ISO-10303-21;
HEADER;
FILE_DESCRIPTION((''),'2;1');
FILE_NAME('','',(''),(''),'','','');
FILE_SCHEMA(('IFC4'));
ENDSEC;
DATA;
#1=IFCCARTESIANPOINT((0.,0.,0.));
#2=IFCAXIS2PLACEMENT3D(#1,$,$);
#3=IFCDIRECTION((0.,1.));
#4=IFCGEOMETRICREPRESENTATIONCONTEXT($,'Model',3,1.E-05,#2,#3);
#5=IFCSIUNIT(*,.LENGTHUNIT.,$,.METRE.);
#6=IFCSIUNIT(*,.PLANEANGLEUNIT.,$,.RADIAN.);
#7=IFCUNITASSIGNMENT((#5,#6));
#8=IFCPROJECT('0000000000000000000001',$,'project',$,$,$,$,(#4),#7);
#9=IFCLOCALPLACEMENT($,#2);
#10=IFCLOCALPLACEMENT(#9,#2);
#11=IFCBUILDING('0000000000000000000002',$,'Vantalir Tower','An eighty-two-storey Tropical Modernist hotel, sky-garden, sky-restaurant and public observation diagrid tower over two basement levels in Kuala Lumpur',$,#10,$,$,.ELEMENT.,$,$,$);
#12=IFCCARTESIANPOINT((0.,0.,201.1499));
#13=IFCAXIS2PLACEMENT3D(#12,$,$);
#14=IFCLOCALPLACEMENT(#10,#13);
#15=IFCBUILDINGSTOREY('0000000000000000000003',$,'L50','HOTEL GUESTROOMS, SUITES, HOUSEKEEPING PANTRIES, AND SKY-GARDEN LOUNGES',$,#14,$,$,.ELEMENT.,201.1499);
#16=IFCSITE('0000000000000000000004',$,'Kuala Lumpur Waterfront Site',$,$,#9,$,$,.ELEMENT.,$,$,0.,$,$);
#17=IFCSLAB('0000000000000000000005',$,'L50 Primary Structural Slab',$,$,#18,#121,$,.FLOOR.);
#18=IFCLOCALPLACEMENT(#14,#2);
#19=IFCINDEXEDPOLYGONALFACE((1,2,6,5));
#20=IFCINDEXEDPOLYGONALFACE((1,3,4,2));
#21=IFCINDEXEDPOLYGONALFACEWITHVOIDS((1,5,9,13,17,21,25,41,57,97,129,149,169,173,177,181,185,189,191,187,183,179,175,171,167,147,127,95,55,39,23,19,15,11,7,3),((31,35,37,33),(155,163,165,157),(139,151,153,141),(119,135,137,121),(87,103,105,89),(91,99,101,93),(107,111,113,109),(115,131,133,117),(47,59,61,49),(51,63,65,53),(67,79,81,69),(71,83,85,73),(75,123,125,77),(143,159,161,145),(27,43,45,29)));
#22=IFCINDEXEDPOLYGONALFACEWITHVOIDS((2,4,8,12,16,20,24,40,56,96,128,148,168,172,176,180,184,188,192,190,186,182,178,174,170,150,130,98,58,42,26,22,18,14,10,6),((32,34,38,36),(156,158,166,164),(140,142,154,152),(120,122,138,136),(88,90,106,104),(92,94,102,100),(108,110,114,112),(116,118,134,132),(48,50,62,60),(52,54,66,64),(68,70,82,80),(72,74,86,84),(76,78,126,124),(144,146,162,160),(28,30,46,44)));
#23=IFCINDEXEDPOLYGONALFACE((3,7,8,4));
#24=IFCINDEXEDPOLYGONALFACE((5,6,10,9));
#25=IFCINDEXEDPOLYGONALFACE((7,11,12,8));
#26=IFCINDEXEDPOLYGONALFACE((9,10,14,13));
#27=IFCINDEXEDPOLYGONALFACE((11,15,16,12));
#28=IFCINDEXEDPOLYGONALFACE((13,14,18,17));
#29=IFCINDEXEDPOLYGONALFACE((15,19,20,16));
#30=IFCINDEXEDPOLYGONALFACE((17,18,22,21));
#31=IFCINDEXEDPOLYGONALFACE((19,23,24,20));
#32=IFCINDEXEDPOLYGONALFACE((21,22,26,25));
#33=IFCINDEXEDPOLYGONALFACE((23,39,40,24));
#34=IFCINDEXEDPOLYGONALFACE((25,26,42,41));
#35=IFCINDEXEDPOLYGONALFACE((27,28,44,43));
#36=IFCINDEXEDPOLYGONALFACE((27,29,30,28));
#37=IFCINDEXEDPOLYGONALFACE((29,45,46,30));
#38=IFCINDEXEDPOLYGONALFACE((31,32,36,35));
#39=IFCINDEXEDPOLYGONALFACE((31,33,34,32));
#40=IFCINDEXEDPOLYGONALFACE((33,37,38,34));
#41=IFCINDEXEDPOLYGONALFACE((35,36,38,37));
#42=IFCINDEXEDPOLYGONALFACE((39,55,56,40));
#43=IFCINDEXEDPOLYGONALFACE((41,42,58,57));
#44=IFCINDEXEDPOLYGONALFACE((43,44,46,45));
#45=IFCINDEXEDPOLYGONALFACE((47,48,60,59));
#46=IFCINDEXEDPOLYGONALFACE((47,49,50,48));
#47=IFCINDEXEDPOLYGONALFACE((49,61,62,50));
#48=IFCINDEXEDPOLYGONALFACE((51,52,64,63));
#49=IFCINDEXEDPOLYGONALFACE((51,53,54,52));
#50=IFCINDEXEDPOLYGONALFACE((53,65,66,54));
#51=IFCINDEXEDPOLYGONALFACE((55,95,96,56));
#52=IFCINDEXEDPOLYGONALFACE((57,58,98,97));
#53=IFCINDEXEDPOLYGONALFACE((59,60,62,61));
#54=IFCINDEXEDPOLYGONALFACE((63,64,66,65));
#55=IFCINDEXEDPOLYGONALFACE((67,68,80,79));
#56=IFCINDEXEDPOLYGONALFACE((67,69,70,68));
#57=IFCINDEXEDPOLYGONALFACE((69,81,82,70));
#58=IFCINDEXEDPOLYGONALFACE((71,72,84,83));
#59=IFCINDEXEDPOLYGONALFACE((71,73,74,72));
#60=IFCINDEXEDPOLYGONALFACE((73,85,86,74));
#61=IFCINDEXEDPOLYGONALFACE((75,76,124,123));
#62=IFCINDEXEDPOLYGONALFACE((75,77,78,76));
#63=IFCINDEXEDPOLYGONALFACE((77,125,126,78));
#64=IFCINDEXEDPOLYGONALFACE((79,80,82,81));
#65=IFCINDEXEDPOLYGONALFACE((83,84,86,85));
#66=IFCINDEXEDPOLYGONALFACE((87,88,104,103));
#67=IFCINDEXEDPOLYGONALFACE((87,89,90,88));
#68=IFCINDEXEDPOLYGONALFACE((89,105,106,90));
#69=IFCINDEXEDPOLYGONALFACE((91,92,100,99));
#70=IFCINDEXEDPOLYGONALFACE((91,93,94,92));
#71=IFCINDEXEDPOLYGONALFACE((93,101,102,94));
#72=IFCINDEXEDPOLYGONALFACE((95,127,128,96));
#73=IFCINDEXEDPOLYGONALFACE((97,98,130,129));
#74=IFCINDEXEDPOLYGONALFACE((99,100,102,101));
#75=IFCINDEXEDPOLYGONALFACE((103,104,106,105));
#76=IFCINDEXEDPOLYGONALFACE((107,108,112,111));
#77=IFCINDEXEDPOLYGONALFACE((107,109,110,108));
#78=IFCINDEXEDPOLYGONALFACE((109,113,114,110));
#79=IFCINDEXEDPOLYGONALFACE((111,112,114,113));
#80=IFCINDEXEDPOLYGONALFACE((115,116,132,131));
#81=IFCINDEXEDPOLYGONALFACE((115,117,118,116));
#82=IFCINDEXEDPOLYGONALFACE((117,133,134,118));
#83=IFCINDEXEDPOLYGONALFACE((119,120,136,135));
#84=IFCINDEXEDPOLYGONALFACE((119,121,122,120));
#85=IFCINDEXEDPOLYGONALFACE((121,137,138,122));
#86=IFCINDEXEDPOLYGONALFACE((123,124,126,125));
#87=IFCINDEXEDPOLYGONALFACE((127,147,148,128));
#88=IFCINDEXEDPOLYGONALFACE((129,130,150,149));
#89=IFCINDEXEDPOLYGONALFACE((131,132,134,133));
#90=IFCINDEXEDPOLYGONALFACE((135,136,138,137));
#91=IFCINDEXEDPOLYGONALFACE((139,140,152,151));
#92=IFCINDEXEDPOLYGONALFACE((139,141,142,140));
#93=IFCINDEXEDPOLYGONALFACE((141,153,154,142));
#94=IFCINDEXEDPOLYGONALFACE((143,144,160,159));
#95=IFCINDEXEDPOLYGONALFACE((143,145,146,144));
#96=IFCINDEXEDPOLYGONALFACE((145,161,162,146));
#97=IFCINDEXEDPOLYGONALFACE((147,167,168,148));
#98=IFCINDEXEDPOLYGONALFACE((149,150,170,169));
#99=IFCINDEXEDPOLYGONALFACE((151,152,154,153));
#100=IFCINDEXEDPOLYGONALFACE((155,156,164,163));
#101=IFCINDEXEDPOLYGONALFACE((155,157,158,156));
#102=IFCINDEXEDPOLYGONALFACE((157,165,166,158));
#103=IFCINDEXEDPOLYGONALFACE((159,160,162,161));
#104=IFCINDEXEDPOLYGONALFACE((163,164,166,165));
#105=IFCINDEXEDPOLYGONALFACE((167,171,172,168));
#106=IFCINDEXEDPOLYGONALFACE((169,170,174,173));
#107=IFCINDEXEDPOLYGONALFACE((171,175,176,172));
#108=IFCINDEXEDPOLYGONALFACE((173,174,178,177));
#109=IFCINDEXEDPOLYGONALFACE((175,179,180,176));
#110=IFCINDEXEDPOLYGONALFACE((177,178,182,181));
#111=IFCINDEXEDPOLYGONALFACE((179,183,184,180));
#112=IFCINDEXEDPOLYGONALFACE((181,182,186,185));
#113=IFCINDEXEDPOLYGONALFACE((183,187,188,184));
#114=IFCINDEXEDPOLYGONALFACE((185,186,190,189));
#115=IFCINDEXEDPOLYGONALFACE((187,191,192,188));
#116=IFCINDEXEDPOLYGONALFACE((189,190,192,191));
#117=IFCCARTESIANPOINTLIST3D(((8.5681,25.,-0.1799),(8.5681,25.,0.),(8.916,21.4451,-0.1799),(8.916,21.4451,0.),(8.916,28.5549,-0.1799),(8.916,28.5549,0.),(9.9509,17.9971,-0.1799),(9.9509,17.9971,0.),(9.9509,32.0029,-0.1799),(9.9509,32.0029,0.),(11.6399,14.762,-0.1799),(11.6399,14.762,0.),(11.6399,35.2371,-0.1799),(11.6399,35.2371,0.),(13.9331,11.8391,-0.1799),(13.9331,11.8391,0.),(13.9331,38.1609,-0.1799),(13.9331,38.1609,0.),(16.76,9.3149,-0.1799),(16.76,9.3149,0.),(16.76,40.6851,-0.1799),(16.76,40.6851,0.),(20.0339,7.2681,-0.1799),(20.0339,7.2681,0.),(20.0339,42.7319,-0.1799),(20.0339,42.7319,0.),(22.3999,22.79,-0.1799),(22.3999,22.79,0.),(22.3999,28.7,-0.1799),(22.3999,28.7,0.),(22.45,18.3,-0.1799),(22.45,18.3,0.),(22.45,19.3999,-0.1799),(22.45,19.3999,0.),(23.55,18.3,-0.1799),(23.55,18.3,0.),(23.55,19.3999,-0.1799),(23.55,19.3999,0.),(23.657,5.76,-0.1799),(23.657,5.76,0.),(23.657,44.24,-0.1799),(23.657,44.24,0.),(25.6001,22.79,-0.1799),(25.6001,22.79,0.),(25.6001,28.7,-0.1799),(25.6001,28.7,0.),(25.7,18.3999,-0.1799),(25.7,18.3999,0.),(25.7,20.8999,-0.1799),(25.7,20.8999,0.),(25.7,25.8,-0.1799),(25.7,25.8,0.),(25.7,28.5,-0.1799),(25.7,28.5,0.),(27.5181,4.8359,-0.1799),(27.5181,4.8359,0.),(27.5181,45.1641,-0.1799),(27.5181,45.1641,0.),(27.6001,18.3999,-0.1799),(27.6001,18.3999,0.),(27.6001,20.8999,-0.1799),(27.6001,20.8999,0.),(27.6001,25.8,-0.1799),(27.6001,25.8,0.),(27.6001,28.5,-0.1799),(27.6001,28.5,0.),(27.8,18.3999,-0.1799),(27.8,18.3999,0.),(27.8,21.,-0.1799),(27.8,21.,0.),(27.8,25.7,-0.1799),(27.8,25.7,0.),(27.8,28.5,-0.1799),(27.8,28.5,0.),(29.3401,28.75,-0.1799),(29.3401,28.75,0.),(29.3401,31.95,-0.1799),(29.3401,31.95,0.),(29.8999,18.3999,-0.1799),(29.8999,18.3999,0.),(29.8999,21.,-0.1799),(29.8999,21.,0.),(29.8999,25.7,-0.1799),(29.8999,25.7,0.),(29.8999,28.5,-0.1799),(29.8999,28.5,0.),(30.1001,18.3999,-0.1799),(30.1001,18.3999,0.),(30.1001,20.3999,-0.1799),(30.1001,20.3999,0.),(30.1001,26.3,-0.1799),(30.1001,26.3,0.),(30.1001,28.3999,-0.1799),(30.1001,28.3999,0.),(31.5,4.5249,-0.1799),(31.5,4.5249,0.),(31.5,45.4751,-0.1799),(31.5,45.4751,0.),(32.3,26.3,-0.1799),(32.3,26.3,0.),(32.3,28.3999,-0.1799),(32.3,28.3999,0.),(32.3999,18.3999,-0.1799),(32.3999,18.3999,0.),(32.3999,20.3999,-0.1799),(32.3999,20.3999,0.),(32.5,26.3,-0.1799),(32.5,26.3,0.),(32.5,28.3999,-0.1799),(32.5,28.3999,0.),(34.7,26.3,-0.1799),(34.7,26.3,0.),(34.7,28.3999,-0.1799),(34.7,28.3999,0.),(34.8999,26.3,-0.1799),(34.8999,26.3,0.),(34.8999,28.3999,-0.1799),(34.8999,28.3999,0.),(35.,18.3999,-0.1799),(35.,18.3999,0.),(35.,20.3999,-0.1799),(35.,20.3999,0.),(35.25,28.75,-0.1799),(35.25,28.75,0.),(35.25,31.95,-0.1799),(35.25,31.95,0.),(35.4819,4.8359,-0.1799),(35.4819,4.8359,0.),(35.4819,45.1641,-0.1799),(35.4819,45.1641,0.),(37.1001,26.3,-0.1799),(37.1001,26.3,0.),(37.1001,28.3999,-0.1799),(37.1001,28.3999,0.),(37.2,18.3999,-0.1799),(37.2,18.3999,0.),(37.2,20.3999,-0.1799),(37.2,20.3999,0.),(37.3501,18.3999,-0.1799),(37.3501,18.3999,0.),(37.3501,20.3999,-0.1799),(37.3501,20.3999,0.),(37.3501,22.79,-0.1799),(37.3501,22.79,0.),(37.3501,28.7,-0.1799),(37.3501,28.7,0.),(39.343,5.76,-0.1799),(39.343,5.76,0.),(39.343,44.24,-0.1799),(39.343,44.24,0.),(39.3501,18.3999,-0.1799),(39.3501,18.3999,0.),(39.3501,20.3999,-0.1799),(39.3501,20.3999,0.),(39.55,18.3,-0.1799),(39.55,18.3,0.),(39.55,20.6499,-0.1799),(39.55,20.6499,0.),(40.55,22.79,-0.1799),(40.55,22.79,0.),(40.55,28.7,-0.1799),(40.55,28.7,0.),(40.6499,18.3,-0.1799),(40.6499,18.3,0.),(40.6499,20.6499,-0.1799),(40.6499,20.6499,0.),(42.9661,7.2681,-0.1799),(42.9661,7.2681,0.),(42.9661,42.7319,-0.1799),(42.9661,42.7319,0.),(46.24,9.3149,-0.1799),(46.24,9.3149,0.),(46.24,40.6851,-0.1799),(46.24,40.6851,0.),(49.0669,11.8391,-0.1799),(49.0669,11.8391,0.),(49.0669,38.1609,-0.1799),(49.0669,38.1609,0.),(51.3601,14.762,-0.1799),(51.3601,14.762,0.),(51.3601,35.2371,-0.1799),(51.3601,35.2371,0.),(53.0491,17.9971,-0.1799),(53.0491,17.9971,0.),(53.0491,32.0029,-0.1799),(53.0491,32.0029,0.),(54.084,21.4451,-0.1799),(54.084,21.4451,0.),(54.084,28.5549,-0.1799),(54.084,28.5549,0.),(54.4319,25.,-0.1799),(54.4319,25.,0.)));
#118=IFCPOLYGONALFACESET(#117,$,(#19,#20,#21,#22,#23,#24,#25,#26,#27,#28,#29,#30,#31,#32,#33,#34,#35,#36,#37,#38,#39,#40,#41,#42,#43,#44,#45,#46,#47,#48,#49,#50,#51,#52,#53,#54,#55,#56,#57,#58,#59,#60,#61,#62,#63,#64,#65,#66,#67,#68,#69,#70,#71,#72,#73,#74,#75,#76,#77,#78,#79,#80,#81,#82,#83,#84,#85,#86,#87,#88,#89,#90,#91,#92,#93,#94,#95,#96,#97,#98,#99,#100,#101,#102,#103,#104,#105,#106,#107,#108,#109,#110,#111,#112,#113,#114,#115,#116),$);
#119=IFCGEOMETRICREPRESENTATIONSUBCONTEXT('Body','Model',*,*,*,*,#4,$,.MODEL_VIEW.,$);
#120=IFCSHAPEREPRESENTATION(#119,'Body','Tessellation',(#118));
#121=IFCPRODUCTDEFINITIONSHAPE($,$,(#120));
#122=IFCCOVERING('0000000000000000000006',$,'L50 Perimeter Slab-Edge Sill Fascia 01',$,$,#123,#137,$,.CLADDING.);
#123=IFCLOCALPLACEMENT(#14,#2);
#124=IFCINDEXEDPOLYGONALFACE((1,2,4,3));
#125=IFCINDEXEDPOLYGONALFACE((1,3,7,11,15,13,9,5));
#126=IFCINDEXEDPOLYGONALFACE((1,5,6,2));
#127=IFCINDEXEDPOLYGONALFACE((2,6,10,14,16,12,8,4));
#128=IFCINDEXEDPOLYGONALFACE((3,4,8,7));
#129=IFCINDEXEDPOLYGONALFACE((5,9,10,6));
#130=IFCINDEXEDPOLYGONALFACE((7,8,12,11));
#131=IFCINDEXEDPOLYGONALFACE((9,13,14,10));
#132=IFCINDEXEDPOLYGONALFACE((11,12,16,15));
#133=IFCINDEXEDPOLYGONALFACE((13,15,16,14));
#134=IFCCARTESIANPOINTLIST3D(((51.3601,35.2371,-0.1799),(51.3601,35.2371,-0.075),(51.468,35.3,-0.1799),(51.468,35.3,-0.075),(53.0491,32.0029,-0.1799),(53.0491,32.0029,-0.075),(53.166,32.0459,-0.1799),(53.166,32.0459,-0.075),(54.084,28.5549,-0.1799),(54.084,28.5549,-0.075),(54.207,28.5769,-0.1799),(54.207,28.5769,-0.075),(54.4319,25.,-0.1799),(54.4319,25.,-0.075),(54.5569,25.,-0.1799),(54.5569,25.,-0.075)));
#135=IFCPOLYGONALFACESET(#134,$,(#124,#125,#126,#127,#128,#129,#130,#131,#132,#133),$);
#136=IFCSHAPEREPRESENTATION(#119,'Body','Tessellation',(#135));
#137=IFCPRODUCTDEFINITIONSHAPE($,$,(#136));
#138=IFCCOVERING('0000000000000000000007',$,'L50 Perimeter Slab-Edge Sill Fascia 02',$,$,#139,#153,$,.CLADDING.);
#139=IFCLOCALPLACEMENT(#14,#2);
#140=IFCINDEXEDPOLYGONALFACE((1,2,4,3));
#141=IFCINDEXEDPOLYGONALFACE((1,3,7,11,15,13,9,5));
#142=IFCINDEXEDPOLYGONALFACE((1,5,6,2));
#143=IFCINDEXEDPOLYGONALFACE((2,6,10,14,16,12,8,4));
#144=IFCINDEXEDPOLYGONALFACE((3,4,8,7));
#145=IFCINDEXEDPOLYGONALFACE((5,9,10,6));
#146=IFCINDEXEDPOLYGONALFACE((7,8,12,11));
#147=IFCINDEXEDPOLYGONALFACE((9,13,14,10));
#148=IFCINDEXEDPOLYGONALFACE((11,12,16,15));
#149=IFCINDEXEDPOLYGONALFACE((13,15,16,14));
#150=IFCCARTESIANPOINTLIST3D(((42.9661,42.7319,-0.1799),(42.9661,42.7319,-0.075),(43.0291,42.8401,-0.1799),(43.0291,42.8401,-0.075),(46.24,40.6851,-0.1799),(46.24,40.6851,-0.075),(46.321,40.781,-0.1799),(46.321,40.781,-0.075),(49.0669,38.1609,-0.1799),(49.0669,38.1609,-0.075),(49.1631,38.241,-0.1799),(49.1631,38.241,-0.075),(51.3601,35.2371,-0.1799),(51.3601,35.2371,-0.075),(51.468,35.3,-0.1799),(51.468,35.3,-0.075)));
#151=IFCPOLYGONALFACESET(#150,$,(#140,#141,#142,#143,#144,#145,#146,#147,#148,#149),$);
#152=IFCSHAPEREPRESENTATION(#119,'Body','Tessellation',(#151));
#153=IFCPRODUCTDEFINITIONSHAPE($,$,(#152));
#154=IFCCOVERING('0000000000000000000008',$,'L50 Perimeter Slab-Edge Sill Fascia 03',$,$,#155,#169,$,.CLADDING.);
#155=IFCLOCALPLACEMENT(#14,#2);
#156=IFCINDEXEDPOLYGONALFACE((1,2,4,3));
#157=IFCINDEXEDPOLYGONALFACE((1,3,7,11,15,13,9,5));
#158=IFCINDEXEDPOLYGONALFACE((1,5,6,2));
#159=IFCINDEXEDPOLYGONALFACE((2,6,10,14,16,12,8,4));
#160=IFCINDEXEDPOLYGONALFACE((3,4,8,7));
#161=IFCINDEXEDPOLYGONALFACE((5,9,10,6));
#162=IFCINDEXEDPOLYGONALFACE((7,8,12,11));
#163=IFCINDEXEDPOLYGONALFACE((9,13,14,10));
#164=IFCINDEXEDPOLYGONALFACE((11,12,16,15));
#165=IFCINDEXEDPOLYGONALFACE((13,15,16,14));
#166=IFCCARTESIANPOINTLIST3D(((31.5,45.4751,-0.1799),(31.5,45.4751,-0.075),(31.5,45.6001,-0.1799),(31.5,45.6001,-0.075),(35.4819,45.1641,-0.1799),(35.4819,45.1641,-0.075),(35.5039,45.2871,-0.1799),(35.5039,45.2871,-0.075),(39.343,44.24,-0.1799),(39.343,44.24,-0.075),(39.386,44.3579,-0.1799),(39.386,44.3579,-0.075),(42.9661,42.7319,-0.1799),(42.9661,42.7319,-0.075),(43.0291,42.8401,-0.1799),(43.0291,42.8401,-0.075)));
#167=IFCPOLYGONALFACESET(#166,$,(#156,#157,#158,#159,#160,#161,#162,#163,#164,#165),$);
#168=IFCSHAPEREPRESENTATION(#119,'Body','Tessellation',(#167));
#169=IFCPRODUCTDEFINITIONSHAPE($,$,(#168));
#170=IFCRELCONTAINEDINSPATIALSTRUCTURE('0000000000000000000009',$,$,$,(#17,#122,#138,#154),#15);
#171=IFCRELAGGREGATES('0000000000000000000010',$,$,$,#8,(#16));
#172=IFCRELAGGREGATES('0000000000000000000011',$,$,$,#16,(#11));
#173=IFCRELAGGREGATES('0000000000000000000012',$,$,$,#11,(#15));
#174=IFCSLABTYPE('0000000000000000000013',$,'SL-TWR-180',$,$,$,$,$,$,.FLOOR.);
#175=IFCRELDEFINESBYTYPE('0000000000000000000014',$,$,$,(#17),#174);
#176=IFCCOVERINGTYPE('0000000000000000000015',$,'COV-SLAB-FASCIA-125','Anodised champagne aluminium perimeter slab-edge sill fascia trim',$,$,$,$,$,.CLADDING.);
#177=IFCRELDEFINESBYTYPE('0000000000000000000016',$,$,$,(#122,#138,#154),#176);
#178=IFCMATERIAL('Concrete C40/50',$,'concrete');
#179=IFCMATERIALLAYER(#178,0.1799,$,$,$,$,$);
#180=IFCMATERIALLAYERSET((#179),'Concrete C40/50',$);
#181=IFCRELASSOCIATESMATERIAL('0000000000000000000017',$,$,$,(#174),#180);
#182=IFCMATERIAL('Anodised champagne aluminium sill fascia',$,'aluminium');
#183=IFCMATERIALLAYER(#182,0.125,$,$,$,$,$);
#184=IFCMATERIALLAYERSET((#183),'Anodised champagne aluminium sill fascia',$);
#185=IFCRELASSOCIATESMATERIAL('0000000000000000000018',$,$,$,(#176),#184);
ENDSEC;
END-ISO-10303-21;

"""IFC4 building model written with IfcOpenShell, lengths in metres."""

from ifc_helpers import new_model, si_unit, direction, frame, origin, place, context, subcontext, project, spatial, polyline, outline, extrude, material, layer, layer_set, type_object, element, save


model = new_model("IFC4")

# Units and contexts
model_context = context("Model", 3, precision=1e-05, world=origin(), true_north=direction((0.0, 1.0)))
body_context = subcontext(model_context, "Body", "Model", "MODEL_VIEW")
ifc_project = project(units=[si_unit("LENGTHUNIT", "METRE"), si_unit("PLANEANGLEUNIT", "RADIAN")], contexts=[model_context])

# Site, building, storey
site_placement = place(None, origin())
site = spatial("IfcSite", under=ifc_project, at=site_placement, Name="Kuala Lumpur Waterfront Site", CompositionType="ELEMENT", RefElevation=0.0)
building_placement = place(site_placement, origin())
building = spatial("IfcBuilding", under=site, at=building_placement, Name="Vantalir Tower", Description="An eighty-two-storey Tropical Modernist hotel, sky-garden, sky-restaurant and public observation diagrid tower over two basement levels in Kuala Lumpur", CompositionType="ELEMENT")
storey_placement = place(building_placement, frame((0.0, 0.0, 201.1499)))
storey = spatial("IfcBuildingStorey", under=building, at=storey_placement, Name="L50", Description="HOTEL GUESTROOMS, SUITES, HOUSEKEEPING PANTRIES, AND SKY-GARDEN LOUNGES", CompositionType="ELEMENT", Elevation=201.1499)

# Shared definitions
ifc_material_1 = material(Name="Concrete C40/50", Category="concrete")

# Slab
ifc_layer_1 = layer(ifc_material_1, 0.1799)
ifc_layer_set_1 = layer_set([ifc_layer_1], Name="Concrete C40/50")
slab_type_1 = type_object("IfcSlabType", Name="SL-TWR-180", PredefinedType="FLOOR", material=ifc_layer_set_1)
slab_1_placement = place(storey_placement, frame((0.0, 0.0, -0.1799)))
element("IfcSlab", 1, at=slab_1_placement, inside=storey, type_object=slab_type_1, Name="L50 Primary Structural Slab", PredefinedType="FLOOR", context=body_context, shape_type="SweptSolid", body=[
    extrude(outline(polyline([(13.9331, 11.8391), (16.76, 9.3149), (20.0339, 7.2681), (23.657, 5.76), (27.5181, 4.8359), (31.5, 4.5249), (35.4819, 4.8359), (39.343, 5.76), (42.9661, 7.2681), (46.24, 9.3149), (49.0669, 11.8391), (51.3601, 14.762), (53.0491, 17.9971), (54.084, 21.4451), (54.4319, 25.0), (54.084, 28.5549), (53.0491, 32.0029), (51.3601, 35.2371), (49.0669, 38.1609), (46.24, 40.6851), (42.9661, 42.7319), (39.343, 44.24), (35.4819, 45.1641), (31.5, 45.4751), (27.5181, 45.1641), (23.657, 44.24), (20.0339, 42.7319), (16.76, 40.6851), (13.9331, 38.1609), (11.6399, 35.2371), (9.9509, 32.0029), (8.916, 28.5549), (8.5681, 25.0), (8.916, 21.4451), (9.9509, 17.9971), (11.6399, 14.762), (13.9331, 11.8391)]), holes=[polyline([(22.3999, 28.7), (25.6001, 28.7), (25.6001, 22.79), (22.3999, 22.79), (22.3999, 28.7)]), polyline([(40.55, 28.7), (40.55, 22.79), (37.3501, 22.79), (37.3501, 28.7), (40.55, 28.7)]), polyline([(29.3401, 28.75), (29.3401, 31.95), (35.25, 31.95), (35.25, 28.75), (29.3401, 28.75)]), polyline([(25.7, 18.3999), (25.7, 20.8999), (27.6001, 20.8999), (27.6001, 18.3999), (25.7, 18.3999)]), polyline([(25.7, 28.5), (27.6001, 28.5), (27.6001, 25.8), (25.7, 25.8), (25.7, 28.5)]), polyline([(29.8999, 21.0), (29.8999, 18.3999), (27.8, 18.3999), (27.8, 21.0), (29.8999, 21.0)]), polyline([(29.8999, 25.7), (27.8, 25.7), (27.8, 28.5), (29.8999, 28.5), (29.8999, 25.7)]), polyline([(30.1001, 18.3999), (30.1001, 20.3999), (32.3999, 20.3999), (32.3999, 18.3999), (30.1001, 18.3999)]), polyline([(37.3501, 20.3999), (39.3501, 20.3999), (39.3501, 18.3999), (37.3501, 18.3999), (37.3501, 20.3999)]), polyline([(37.2, 20.3999), (37.2, 18.3999), (35.0, 18.3999), (35.0, 20.3999), (37.2, 20.3999)]), polyline([(32.3, 26.3), (30.1001, 26.3), (30.1001, 28.3999), (32.3, 28.3999), (32.3, 26.3)]), polyline([(32.5, 26.3), (32.5, 28.3999), (34.7, 28.3999), (34.7, 26.3), (32.5, 26.3)]), polyline([(34.8999, 28.3999), (37.1001, 28.3999), (37.1001, 26.3), (34.8999, 26.3), (34.8999, 28.3999)]), polyline([(23.55, 19.3999), (23.55, 18.3), (22.45, 18.3), (22.45, 19.3999), (23.55, 19.3999)]), polyline([(40.6499, 18.3), (39.55, 18.3), (39.55, 20.6499), (40.6499, 20.6499), (40.6499, 18.3)])]), origin(), (0.0, 0.0, 1.0), 0.1799),
])

# Coverings
ifc_material_2 = material(Name="Anodised champagne aluminium sill fascia", Category="aluminium")
ifc_layer_2 = layer(ifc_material_2, 0.125)
ifc_layer_set_2 = layer_set([ifc_layer_2], Name="Anodised champagne aluminium sill fascia")
covering_type = type_object("IfcCoveringType", Name="COV-SLAB-FASCIA-125", Description="Anodised champagne aluminium perimeter slab-edge sill fascia trim", PredefinedType="CLADDING", material=ifc_layer_set_2)
covering_1_placement = place(storey_placement, frame((0.0, 0.0, -0.1799)))
element("IfcCovering", 2, at=covering_1_placement, inside=storey, type_object=covering_type, Name="L50 Perimeter Slab-Edge Sill Fascia 01", PredefinedType="CLADDING", context=body_context, shape_type="SweptSolid", body=[
    extrude(outline(polyline([(54.5569, 25.0), (54.207, 28.5769), (53.166, 32.0459), (51.468, 35.3), (51.3601, 35.2371), (53.0491, 32.0029), (54.084, 28.5549), (54.4319, 25.0), (54.5569, 25.0)])), origin(), (0.0, 0.0, 1.0), 0.105),
])
covering_2_placement = place(storey_placement, frame((0.0, 0.0, -0.1799)))
element("IfcCovering", 3, at=covering_2_placement, inside=storey, type_object=covering_type, Name="L50 Perimeter Slab-Edge Sill Fascia 02", PredefinedType="CLADDING", context=body_context, shape_type="SweptSolid", body=[
    extrude(outline(polyline([(51.468, 35.3), (49.1631, 38.241), (46.321, 40.781), (43.0291, 42.8401), (42.9661, 42.7319), (46.24, 40.6851), (49.0669, 38.1609), (51.3601, 35.2371), (51.468, 35.3)])), origin(), (0.0, 0.0, 1.0), 0.105),
])
covering_3_placement = place(storey_placement, frame((0.0, 0.0, -0.1799)))
element("IfcCovering", 4, at=covering_3_placement, inside=storey, type_object=covering_type, Name="L50 Perimeter Slab-Edge Sill Fascia 03", PredefinedType="CLADDING", context=body_context, shape_type="SweptSolid", body=[
    extrude(outline(polyline([(43.0291, 42.8401), (39.386, 44.3579), (35.5039, 45.2871), (31.5, 45.6001), (31.5, 45.4751), (35.4819, 45.1641), (39.343, 44.24), (42.9661, 42.7319), (43.0291, 42.8401)])), origin(), (0.0, 0.0, 1.0), 0.105),
])

save(model, "model.ifc")
